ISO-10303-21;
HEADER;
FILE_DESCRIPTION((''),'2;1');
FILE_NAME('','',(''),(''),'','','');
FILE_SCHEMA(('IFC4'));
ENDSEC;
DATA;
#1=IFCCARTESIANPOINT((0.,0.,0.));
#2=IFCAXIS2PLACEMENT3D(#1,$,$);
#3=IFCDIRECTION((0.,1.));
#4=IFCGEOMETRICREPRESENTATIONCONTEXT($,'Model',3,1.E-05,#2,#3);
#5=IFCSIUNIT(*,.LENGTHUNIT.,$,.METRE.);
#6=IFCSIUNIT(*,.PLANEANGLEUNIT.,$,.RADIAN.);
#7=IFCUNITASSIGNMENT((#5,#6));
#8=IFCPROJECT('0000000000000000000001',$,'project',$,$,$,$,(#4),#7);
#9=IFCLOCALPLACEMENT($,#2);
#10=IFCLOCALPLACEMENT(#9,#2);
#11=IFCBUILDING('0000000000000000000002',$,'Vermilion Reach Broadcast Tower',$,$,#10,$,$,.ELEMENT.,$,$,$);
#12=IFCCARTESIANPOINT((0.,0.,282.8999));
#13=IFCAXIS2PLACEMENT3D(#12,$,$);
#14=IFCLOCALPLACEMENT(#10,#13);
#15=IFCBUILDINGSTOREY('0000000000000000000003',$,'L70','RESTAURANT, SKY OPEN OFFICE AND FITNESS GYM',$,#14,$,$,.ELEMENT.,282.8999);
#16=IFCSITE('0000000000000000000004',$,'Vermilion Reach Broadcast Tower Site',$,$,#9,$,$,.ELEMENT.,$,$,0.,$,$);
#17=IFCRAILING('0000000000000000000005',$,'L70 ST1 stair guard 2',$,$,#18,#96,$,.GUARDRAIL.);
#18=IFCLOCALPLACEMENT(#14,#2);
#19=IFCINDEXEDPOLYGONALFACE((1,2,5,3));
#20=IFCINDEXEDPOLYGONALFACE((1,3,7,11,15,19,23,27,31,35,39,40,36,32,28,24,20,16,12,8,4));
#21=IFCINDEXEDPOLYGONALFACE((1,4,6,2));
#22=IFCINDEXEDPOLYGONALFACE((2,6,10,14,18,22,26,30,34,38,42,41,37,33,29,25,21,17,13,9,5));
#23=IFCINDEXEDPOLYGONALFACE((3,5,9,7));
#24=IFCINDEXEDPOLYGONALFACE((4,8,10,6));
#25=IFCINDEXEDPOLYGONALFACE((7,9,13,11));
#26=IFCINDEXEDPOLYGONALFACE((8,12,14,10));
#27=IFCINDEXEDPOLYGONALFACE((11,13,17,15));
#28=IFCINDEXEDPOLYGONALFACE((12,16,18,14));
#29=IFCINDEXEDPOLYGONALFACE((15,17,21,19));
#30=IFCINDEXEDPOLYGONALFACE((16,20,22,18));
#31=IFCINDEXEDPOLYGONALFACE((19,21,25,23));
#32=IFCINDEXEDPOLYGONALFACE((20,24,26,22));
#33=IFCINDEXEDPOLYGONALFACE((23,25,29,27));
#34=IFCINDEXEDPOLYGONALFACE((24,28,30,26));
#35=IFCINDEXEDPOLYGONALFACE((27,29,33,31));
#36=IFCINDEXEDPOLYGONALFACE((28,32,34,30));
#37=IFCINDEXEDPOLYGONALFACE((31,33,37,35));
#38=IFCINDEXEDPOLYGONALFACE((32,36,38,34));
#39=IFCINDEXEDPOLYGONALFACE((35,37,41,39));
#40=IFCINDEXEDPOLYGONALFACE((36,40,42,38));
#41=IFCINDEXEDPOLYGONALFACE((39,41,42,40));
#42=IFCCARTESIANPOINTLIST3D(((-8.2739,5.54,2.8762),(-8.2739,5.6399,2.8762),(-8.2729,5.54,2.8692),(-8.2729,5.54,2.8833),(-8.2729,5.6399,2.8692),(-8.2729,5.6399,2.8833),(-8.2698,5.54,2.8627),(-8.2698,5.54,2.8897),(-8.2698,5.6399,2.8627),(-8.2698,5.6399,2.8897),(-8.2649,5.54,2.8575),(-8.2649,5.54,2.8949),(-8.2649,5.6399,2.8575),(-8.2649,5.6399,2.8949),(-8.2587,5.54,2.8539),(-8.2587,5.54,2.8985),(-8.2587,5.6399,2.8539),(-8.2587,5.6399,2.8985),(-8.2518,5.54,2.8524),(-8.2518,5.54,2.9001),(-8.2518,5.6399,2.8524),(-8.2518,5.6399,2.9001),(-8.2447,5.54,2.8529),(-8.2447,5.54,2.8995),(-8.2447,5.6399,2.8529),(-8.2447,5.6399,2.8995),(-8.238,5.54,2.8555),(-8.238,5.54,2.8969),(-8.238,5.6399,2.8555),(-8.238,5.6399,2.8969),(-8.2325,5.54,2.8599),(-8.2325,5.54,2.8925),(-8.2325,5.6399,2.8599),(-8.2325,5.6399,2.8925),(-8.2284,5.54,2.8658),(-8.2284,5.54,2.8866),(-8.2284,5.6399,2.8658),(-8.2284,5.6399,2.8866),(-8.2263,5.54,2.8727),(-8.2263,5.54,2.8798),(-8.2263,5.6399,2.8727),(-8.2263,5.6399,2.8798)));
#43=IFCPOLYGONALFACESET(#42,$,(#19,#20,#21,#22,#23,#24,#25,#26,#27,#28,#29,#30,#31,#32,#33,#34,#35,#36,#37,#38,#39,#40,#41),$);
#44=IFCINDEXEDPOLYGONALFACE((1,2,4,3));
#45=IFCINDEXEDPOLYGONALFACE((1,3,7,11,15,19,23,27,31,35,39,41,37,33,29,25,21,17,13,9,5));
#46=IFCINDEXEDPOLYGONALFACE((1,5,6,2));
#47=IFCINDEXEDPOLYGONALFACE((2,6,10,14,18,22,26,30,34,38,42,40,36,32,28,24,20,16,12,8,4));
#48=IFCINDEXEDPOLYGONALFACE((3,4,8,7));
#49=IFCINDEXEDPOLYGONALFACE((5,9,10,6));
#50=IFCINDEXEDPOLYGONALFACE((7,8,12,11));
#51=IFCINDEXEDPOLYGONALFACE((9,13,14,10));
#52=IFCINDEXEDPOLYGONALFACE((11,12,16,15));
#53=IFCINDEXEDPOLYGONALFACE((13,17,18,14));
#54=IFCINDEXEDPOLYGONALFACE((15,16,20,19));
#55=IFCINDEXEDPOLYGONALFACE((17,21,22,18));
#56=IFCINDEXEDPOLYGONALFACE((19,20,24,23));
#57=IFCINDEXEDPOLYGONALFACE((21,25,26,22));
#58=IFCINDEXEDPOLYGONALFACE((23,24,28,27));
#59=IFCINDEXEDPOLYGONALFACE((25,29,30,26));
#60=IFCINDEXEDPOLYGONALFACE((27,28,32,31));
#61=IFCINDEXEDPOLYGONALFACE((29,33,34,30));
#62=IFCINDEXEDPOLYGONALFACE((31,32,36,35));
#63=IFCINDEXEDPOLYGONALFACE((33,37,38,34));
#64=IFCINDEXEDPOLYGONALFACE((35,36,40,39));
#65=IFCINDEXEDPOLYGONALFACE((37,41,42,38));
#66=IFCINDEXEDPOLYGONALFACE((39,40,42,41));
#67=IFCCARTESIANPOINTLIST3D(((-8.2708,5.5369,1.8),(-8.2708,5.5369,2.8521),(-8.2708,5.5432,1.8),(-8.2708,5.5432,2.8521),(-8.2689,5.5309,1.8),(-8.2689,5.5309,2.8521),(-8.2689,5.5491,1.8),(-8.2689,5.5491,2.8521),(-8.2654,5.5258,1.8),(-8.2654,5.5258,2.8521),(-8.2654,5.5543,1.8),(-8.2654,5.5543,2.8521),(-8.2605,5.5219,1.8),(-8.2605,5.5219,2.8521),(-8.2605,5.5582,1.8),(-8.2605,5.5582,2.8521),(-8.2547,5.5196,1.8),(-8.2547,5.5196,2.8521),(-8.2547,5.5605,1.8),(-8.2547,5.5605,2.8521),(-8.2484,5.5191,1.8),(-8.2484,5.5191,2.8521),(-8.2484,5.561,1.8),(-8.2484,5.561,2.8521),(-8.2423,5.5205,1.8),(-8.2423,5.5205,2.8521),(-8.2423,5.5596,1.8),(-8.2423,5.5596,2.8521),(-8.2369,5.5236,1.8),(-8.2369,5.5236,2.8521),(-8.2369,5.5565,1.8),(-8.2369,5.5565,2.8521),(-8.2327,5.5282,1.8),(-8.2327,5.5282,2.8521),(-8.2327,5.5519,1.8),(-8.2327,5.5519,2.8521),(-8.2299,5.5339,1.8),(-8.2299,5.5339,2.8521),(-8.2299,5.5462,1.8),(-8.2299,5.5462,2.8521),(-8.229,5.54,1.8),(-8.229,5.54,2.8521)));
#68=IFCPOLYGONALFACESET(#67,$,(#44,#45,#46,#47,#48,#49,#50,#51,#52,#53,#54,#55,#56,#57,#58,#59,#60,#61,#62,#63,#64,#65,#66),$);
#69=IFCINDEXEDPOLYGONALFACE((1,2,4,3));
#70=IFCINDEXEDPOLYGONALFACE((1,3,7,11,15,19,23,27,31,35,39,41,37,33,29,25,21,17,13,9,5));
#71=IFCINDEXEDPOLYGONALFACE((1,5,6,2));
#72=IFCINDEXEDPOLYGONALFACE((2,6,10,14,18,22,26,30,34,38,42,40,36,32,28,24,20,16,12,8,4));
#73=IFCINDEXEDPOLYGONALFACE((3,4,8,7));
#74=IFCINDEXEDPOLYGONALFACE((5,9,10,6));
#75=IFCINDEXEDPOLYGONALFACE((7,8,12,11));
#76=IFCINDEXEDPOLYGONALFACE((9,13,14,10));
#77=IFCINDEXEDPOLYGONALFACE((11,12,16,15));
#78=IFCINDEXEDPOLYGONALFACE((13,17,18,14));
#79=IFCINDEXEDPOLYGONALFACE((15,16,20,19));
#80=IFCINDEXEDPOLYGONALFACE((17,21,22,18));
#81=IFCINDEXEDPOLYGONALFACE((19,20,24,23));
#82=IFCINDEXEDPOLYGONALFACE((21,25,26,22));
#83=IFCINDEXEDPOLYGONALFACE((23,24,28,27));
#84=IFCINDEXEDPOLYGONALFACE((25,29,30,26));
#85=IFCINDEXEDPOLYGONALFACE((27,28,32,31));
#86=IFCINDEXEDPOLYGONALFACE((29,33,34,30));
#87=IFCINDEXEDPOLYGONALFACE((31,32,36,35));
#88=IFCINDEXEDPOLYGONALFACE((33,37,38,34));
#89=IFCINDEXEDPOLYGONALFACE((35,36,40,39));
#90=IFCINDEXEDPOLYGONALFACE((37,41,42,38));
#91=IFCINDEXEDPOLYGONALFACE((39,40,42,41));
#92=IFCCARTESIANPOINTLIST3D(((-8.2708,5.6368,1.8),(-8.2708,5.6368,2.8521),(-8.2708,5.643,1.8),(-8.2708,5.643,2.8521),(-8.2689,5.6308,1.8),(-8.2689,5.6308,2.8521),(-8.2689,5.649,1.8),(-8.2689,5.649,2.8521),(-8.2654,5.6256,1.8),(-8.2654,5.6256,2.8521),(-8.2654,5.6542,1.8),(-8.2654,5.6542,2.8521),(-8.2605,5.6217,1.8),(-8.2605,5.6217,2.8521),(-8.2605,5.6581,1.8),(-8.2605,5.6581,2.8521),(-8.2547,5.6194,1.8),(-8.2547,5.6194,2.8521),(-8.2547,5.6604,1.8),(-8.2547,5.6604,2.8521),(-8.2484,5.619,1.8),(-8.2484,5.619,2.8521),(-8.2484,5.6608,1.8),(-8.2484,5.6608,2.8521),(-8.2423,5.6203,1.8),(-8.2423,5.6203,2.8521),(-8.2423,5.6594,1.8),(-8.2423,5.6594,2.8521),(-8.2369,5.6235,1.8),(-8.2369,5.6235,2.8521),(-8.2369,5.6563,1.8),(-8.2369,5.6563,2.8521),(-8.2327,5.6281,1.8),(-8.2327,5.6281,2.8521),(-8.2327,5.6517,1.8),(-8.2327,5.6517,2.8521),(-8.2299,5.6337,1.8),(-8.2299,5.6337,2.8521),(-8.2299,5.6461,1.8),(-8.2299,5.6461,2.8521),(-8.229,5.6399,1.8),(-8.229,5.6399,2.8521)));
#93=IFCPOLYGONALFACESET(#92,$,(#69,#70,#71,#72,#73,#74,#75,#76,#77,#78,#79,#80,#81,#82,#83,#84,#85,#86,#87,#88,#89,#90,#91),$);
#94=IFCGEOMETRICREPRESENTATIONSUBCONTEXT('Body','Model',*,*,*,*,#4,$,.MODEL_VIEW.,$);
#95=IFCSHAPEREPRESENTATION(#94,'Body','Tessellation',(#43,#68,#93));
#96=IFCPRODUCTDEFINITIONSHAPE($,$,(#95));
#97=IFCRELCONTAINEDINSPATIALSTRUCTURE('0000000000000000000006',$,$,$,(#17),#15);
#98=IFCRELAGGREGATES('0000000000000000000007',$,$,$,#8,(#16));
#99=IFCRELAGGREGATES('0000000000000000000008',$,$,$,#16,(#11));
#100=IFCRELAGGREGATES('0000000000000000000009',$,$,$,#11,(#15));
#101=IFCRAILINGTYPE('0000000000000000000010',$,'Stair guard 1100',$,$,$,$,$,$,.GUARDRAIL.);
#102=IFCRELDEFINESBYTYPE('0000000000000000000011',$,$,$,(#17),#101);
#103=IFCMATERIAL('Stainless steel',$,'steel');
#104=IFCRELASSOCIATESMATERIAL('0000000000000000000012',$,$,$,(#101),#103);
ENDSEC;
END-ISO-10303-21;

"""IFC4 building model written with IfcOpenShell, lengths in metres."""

from ifc_helpers import new_model, si_unit, direction, frame, origin, origin_2d, place, context, subcontext, project, spatial, circle, extrude, material, type_object, element, save


model = new_model("IFC4")

# Units and contexts
model_context = context("Model", 3, precision=1e-05, world=origin(), true_north=direction((0.0, 1.0)))
body_context = subcontext(model_context, "Body", "Model", "MODEL_VIEW")
ifc_project = project(units=[si_unit("LENGTHUNIT", "METRE"), si_unit("PLANEANGLEUNIT", "RADIAN")], contexts=[model_context])

# Site, building, storey
site_placement = place(None, origin())
site = spatial("IfcSite", under=ifc_project, at=site_placement, Name="Vermilion Reach Broadcast Tower Site", CompositionType="ELEMENT", RefElevation=0.0)
building_placement = place(site_placement, origin())
building = spatial("IfcBuilding", under=site, at=building_placement, Name="Vermilion Reach Broadcast Tower", CompositionType="ELEMENT")
storey_placement = place(building_placement, frame((0.0, 0.0, 282.8999)))
storey = spatial("IfcBuildingStorey", under=building, at=storey_placement, Name="L70", Description="RESTAURANT, SKY OPEN OFFICE AND FITNESS GYM", CompositionType="ELEMENT", Elevation=282.8999)

# Railing
ifc_material_1 = material(Name="Stainless steel", Category="steel")
railing_type_1 = type_object("IfcRailingType", Name="Stair guard 1100", PredefinedType="GUARDRAIL", material=ifc_material_1)
railing_1_placement = place(storey_placement, frame((-8.25, 5.54, 1.8)))
element("IfcRailing", 1, at=railing_1_placement, inside=storey, type_object=railing_type_1, Name="L70 ST1 stair guard 2", PredefinedType="GUARDRAIL", context=body_context, shape_type="SweptSolid", body=[
    extrude(circle(Radius=0.0239, at=origin_2d()), frame((0.0, 0.0, 1.0762), z_axis=(0.0, 1.0, 0.0), x_axis=(-1.0, 0.0, 0.0)), (0.0, 0.0, 1.0), 0.0999),
    extrude(circle(Radius=0.021, at=origin_2d()), origin(), (0.0, 0.0, 1.0), 1.052),
    extrude(circle(Radius=0.021, at=origin_2d()), frame((0.0, 0.0999, 0.0)), (0.0, 0.0, 1.0), 1.052),
])

save(model, "model.ifc")
